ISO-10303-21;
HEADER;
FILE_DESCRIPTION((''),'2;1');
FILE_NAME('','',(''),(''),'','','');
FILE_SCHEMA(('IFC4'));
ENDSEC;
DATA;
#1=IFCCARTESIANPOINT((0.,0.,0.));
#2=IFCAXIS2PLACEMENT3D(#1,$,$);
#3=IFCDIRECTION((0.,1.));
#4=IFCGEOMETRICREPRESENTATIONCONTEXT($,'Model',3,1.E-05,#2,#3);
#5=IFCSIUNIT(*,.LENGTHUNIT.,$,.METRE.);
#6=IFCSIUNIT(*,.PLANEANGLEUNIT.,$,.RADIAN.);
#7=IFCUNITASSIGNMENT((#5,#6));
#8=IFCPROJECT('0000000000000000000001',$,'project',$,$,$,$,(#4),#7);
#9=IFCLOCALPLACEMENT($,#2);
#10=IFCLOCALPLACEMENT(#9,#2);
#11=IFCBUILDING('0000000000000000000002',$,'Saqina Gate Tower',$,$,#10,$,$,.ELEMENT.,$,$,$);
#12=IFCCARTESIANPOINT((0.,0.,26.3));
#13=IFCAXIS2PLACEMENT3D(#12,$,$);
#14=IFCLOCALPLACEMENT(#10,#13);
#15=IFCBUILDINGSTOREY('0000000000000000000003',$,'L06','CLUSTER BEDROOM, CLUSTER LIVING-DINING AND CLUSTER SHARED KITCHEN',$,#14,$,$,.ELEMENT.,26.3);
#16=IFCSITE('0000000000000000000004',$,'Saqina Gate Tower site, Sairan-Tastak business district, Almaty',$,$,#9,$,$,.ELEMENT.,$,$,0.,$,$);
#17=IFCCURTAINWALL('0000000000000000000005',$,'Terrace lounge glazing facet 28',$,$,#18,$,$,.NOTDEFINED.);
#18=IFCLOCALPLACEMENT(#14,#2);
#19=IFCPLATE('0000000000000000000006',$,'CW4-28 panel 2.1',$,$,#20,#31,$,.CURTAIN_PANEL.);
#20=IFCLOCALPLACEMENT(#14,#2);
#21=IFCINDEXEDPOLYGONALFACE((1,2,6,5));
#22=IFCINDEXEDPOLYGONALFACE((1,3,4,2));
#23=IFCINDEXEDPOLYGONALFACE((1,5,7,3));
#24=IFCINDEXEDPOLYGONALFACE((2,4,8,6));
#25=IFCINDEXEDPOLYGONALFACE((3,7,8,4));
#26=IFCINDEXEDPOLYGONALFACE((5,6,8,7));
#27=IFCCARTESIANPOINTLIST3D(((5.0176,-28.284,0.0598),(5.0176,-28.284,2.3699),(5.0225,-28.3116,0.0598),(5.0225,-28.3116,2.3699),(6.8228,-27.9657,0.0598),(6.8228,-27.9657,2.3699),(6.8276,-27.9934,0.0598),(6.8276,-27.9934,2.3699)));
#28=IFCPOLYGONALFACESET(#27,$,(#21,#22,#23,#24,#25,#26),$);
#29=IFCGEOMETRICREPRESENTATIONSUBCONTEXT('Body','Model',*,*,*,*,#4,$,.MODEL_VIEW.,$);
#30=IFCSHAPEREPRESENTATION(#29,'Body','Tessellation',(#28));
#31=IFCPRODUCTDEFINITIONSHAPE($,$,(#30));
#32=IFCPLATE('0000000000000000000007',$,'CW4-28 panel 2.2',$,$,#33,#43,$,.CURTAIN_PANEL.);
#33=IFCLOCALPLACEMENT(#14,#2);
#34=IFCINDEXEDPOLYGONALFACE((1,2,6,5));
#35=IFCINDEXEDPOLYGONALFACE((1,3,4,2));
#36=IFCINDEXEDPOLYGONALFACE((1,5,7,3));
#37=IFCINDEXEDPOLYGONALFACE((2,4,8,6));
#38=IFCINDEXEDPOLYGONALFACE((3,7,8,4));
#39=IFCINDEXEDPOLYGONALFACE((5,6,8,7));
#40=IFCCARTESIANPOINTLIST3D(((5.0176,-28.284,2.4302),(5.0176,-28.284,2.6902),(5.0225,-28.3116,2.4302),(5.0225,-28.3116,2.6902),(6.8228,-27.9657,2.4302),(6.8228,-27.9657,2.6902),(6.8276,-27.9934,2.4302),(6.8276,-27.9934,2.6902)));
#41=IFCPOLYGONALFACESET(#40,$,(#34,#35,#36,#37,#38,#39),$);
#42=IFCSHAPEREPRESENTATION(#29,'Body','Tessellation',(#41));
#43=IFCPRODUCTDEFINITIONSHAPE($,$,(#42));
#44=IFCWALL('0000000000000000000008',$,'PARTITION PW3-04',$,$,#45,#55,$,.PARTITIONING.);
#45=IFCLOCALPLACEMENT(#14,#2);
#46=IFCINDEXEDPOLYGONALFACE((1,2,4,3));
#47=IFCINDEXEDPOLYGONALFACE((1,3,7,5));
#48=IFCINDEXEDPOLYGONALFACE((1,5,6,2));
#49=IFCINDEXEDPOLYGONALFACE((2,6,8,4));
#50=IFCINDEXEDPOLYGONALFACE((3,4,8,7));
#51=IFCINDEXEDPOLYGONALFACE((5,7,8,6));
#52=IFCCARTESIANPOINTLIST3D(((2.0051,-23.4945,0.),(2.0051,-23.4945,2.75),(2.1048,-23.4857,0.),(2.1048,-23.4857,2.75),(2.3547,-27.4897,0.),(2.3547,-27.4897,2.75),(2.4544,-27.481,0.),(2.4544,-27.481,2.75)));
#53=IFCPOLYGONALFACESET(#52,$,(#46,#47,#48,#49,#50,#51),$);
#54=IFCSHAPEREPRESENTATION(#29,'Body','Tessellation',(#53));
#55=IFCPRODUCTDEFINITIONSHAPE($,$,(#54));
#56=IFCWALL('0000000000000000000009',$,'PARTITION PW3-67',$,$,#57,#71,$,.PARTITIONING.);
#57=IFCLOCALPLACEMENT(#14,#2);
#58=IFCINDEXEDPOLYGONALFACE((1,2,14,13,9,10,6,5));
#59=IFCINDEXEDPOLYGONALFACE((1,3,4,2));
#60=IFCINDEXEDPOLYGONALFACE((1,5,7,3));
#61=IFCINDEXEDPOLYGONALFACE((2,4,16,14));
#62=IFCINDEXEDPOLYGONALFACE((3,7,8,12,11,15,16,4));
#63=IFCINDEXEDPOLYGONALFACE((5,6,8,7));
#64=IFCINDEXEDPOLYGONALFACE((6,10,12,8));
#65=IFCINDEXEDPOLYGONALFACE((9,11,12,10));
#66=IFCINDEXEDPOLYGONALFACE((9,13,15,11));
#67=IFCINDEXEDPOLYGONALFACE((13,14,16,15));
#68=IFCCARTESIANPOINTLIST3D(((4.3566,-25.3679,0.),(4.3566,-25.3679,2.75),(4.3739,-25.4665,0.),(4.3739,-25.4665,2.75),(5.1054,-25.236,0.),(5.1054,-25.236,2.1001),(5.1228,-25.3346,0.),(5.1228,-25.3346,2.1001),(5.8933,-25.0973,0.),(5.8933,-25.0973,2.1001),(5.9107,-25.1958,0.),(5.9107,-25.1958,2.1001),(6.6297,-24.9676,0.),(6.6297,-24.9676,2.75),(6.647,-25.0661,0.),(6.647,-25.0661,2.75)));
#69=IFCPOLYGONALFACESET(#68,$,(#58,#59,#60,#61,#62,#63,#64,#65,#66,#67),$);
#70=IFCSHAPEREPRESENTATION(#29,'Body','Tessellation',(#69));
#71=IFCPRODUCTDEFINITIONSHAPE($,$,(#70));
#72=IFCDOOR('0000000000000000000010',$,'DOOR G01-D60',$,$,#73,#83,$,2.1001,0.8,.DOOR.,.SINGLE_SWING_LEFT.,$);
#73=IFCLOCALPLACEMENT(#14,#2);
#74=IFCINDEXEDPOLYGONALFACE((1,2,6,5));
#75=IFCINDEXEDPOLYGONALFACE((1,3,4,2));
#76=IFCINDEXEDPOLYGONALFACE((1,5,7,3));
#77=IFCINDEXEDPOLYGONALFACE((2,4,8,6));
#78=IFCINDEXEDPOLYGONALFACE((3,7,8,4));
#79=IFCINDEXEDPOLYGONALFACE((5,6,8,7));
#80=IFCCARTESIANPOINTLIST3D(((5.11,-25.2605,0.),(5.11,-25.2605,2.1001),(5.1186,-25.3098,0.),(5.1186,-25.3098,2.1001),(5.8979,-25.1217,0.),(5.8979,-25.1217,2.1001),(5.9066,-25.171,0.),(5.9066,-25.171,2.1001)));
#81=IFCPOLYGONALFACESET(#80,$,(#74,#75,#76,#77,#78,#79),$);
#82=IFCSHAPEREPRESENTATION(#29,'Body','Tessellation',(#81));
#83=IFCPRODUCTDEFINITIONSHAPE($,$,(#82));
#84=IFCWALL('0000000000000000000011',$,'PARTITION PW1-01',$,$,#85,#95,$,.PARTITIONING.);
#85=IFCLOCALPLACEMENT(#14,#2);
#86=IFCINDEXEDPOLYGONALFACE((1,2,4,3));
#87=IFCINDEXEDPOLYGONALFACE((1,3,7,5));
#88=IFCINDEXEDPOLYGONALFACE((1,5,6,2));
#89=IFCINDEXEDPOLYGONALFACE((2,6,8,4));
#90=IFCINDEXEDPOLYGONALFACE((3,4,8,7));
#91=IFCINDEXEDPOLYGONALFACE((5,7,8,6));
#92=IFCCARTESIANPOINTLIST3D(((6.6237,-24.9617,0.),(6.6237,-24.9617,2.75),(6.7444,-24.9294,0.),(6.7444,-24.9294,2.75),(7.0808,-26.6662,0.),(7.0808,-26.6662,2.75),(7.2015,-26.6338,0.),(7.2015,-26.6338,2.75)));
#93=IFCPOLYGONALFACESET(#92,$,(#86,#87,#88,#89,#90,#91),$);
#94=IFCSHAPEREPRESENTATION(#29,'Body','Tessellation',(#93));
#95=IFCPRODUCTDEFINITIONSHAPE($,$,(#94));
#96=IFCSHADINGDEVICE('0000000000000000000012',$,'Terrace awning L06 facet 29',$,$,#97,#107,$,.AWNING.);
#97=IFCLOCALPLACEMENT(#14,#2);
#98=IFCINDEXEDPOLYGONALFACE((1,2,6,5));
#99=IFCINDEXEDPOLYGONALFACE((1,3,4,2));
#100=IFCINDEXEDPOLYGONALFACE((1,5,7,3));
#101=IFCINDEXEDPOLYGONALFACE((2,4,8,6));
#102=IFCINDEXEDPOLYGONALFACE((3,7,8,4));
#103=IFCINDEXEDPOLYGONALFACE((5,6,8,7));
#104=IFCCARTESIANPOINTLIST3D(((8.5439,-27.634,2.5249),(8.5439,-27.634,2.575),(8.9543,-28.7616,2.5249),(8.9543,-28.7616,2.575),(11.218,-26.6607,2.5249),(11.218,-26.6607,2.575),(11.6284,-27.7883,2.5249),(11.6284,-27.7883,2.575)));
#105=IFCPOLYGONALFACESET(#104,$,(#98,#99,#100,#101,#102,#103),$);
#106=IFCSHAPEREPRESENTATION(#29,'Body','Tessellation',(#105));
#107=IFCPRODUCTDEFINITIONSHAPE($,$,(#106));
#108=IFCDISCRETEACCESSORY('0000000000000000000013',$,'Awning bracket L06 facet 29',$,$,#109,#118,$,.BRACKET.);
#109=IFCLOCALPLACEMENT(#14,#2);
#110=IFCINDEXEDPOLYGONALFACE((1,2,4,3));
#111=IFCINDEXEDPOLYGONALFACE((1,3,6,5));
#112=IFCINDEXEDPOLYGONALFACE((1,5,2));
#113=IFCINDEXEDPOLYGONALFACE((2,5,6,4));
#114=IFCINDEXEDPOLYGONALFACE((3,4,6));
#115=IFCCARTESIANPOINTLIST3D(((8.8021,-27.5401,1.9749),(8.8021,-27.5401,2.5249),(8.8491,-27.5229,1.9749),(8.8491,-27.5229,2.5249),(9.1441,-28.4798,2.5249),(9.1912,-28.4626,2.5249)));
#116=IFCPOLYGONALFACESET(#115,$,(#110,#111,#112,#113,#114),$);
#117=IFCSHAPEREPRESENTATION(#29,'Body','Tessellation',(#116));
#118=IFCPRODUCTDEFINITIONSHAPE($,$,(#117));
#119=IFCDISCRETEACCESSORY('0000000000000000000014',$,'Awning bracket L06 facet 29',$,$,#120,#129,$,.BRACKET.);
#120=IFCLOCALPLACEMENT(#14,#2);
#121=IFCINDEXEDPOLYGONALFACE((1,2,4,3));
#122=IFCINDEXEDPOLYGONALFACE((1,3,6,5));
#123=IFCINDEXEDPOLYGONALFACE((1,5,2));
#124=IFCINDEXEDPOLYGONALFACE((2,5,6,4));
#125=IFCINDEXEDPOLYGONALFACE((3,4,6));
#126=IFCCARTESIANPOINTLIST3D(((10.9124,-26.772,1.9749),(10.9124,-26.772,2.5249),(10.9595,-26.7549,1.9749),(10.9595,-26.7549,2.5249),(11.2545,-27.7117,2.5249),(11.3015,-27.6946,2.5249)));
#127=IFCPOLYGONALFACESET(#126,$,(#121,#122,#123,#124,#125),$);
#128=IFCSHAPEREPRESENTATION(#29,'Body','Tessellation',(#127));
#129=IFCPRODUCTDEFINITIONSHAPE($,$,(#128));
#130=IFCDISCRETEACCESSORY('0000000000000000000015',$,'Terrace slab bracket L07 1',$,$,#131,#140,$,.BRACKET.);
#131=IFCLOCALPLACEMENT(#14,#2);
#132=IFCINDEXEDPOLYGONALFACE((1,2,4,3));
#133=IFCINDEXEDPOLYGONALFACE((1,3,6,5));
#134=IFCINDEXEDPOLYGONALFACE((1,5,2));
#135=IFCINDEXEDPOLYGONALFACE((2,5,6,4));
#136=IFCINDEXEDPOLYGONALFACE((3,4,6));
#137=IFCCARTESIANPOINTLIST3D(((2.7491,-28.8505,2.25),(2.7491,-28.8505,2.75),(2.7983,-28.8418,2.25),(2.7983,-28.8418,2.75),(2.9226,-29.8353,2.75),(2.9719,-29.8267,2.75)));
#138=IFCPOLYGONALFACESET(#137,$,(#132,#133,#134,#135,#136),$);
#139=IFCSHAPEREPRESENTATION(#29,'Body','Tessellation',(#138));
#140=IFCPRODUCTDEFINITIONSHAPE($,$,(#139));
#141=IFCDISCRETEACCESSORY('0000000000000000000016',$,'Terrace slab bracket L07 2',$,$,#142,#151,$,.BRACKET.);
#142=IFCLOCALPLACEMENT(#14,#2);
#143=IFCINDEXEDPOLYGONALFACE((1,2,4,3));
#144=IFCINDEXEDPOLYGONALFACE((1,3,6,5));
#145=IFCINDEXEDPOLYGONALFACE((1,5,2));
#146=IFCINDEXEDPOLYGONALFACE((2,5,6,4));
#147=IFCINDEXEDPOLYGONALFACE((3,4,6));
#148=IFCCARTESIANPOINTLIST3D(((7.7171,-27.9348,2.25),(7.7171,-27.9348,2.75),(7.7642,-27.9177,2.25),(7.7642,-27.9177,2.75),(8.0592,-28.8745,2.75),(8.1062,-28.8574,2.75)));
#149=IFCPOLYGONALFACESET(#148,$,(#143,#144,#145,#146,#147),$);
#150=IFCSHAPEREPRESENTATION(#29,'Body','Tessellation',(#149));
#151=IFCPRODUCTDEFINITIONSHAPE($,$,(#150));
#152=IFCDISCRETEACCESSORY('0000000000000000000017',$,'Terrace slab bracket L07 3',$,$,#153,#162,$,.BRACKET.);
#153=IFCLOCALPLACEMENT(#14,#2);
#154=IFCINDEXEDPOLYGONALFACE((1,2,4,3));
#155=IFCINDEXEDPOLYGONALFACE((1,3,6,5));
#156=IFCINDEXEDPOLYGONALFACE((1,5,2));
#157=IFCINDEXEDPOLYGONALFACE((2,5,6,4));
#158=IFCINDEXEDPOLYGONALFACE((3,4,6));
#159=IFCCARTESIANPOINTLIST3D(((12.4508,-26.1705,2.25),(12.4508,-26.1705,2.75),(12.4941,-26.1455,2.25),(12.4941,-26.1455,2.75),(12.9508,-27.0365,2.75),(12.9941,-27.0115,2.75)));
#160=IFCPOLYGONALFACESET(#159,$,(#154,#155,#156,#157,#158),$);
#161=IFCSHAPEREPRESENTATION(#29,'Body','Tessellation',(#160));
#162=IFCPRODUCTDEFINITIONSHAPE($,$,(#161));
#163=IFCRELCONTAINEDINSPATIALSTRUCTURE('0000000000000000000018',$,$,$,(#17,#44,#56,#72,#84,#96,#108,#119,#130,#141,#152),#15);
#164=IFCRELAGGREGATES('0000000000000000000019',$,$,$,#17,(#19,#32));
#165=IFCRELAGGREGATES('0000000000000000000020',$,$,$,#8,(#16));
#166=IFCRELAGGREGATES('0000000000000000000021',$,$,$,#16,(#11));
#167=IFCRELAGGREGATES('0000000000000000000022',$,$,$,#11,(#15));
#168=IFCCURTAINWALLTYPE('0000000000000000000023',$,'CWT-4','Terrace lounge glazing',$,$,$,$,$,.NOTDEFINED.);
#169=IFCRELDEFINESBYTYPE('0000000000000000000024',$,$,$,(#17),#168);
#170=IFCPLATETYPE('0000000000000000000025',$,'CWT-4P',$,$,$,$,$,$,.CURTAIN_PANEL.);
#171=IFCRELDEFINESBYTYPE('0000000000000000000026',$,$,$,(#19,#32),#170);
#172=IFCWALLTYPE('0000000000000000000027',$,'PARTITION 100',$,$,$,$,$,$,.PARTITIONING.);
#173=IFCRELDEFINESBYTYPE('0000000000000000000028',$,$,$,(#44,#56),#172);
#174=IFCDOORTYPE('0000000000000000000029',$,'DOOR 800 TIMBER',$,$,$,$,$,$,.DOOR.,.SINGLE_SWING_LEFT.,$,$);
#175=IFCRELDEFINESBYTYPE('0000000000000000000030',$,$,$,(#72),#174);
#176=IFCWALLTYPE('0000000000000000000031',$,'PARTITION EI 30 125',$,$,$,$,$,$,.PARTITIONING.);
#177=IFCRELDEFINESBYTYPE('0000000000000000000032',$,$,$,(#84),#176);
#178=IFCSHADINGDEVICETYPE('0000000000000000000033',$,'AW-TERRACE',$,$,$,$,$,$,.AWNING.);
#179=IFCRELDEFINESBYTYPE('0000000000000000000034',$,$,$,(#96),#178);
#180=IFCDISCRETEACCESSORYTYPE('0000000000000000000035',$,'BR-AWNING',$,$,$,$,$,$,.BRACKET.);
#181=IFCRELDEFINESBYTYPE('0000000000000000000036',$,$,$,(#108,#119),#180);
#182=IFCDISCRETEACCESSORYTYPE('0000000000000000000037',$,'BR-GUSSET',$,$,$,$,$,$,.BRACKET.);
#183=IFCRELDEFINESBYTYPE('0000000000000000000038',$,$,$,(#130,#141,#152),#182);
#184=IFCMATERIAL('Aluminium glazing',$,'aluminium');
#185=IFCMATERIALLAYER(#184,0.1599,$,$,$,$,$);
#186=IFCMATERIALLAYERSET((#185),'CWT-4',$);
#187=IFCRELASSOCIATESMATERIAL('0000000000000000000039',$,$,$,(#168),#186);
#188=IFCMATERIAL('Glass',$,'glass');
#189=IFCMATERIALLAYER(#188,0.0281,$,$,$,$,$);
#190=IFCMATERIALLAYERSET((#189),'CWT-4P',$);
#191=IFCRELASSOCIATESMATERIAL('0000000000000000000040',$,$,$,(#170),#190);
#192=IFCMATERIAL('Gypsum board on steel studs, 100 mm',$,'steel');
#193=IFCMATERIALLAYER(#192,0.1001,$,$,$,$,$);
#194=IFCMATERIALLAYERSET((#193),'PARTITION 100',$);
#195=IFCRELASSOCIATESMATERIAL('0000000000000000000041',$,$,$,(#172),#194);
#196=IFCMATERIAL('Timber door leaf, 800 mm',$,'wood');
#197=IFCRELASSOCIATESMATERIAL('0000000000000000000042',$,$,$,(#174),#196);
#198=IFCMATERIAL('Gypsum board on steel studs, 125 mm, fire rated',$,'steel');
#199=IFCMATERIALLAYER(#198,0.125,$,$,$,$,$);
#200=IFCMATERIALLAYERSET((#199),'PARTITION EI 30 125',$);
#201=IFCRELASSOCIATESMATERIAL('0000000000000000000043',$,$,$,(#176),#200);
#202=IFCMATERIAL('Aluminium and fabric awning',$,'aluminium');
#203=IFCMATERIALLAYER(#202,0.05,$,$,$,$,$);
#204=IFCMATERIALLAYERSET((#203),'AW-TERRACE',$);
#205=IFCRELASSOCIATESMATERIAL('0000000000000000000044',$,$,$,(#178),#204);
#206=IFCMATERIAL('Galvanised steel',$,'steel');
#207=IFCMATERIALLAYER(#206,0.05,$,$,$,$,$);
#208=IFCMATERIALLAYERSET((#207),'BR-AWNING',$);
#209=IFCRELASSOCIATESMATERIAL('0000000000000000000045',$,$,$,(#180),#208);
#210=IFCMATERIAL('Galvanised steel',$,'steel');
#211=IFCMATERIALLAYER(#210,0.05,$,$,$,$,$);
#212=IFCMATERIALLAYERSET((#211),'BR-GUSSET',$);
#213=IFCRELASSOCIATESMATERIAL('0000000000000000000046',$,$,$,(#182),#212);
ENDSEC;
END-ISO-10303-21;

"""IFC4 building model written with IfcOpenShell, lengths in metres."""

from ifc_helpers import new_model, si_unit, direction, frame, frame_2d, origin, origin_2d, place, context, subcontext, project, spatial, polyline, rectangle, outline, extrude, material, layer, layer_set, type_object, element, fill, aggregate, save


model = new_model("IFC4")

# Units and contexts
model_context = context("Model", 3, precision=1e-05, world=origin(), true_north=direction((0.0, 1.0)))
body_context = subcontext(model_context, "Body", "Model", "MODEL_VIEW")
ifc_project = project(units=[si_unit("LENGTHUNIT", "METRE"), si_unit("PLANEANGLEUNIT", "RADIAN")], contexts=[model_context])

# Site, building, storey
site_placement = place(None, origin())
site = spatial("IfcSite", under=ifc_project, at=site_placement, Name="Saqina Gate Tower site, Sairan-Tastak business district, Almaty", CompositionType="ELEMENT", RefElevation=0.0)
building_placement = place(site_placement, origin())
building = spatial("IfcBuilding", under=site, at=building_placement, Name="Saqina Gate Tower", CompositionType="ELEMENT")
storey_placement = place(building_placement, frame((0.0, 0.0, 26.3)))
storey = spatial("IfcBuildingStorey", under=building, at=storey_placement, Name="L06", Description="CLUSTER BEDROOM, CLUSTER LIVING-DINING AND CLUSTER SHARED KITCHEN", CompositionType="ELEMENT", Elevation=26.3)

# Curtain wall, plates
ifc_material_1 = material(Name="Aluminium glazing", Category="aluminium")
ifc_layer_1 = layer(ifc_material_1, 0.1599)
ifc_layer_set_1 = layer_set([ifc_layer_1], Name="CWT-4")
curtain_wall_type = type_object("IfcCurtainWallType", Name="CWT-4", Description="Terrace lounge glazing", PredefinedType="NOTDEFINED", material=ifc_layer_set_1)
curtain_wall_placement = place(storey_placement, origin())
curtain_wall = element("IfcCurtainWall", 1, at=curtain_wall_placement, inside=storey, type_object=curtain_wall_type, Name="Terrace lounge glazing facet 28", PredefinedType="NOTDEFINED")
ifc_material_2 = material(Name="Glass", Category="glass")
ifc_layer_2 = layer(ifc_material_2, 0.0281)
ifc_layer_set_2 = layer_set([ifc_layer_2], Name="CWT-4P")
plate_type = type_object("IfcPlateType", Name="CWT-4P", PredefinedType="CURTAIN_PANEL", material=ifc_layer_set_2)
plate_1_placement = place(storey_placement, frame((5.9226, -28.1387, 0.0598), z_axis=(0.0, 0.0, 1.0), x_axis=(0.984809, 0.173643, 0.0)))
plate_1 = element("IfcPlate", 2, at=plate_1_placement, type_object=plate_type, Name="CW4-28 panel 2.1", PredefinedType="CURTAIN_PANEL", context=body_context, shape_type="SweptSolid", body=[
    extrude(rectangle(XDim=1.833, YDim=0.0281, at=origin_2d()), origin(), (0.0, 0.0, 1.0), 2.3101),
])
plate_2_placement = place(storey_placement, frame((5.9226, -28.1387, 2.4302), z_axis=(0.0, 0.0, 1.0), x_axis=(0.984809, 0.173643, 0.0)))
plate_2 = element("IfcPlate", 3, at=plate_2_placement, type_object=plate_type, Name="CW4-28 panel 2.2", PredefinedType="CURTAIN_PANEL", context=body_context, shape_type="SweptSolid", body=[
    extrude(rectangle(XDim=1.833, YDim=0.0281, at=origin_2d()), origin(), (0.0, 0.0, 1.0), 0.26),
])
aggregate(curtain_wall, [plate_1, plate_2])

# Wall
ifc_material_3 = material(Name="Gypsum board on steel studs, 100 mm", Category="steel")
ifc_layer_3 = layer(ifc_material_3, 0.1001)
ifc_layer_set_3 = layer_set([ifc_layer_3], Name="PARTITION 100")
wall_type_1 = type_object("IfcWallType", Name="PARTITION 100", PredefinedType="PARTITIONING", material=ifc_layer_set_3)
wall_1_placement = place(storey_placement, frame((2.0549, -23.49, 0.0), z_axis=(0.0, 0.0, 1.0), x_axis=(0.087176, -0.996193, 0.0)))
element("IfcWall", 4, at=wall_1_placement, inside=storey, type_object=wall_type_1, Name="PARTITION PW3-04", PredefinedType="PARTITIONING", context=body_context, shape_type="SweptSolid", body=[
    extrude(rectangle(XDim=4.0105, YDim=0.1001, at=frame_2d((2.0054, 0.0))), origin(), (0.0, 0.0, 1.0), 2.75),
])

# Wall, opening, door
wall_2_placement = place(storey_placement, frame((4.3652, -25.4172, 0.0), z_axis=(0.0, 0.0, 1.0), x_axis=(0.98484, 0.173466, 0.0)))
wall_2 = element("IfcWall", 5, at=wall_2_placement, inside=storey, type_object=wall_type_1, Name="PARTITION PW3-67", PredefinedType="PARTITIONING", context=body_context, shape_type="SweptSolid", body=[
    extrude(rectangle(XDim=2.3081, YDim=0.1001, at=frame_2d((1.1541, 0.0))), origin(), (0.0, 0.0, 1.0), 2.75),
])
opening_1_placement = place(wall_2_placement, frame((0.7605, 0.0, 0.0)))
opening_1 = element("IfcOpeningElement", 6, at=opening_1_placement, cuts=wall_2, PredefinedType="OPENING", context=body_context, shape_type="SweptSolid", body=[
    extrude(rectangle(XDim=0.8, YDim=2.1001, at=frame_2d((0.3999, 1.05))), frame((0.0, 0.062, 0.0), z_axis=(0.0, -1.0, 0.0), x_axis=(1.0, 0.0, 0.0)), (0.0, 0.0, 1.0), 0.124),
])
ifc_material_4 = material(Name="Timber door leaf, 800 mm", Category="wood")
door_type_1 = type_object("IfcDoorType", Name="DOOR 800 TIMBER", OperationType="SINGLE_SWING_LEFT", PredefinedType="DOOR", material=ifc_material_4)
door_1_placement = place(opening_1_placement, frame((0.8, 0.0, 0.0), z_axis=(0.0, 0.0, 1.0), x_axis=(-1.0, 0.0, 0.0)))
door_1 = element("IfcDoor", 7, at=door_1_placement, inside=storey, type_object=door_type_1, Name="DOOR G01-D60", OperationType="SINGLE_SWING_LEFT", OverallHeight=2.1001, OverallWidth=0.8, PredefinedType="DOOR", context=body_context, shape_type="SweptSolid", body=[
    extrude(rectangle(XDim=0.8, YDim=2.1001, at=frame_2d((0.3999, 1.05))), frame((0.0, 0.0249, 0.0), z_axis=(0.0, -1.0, 0.0), x_axis=(1.0, 0.0, 0.0)), (0.0, 0.0, 1.0), 0.05),
])
fill(opening_1, door_1)

# Wall
ifc_material_5 = material(Name="Gypsum board on steel studs, 125 mm, fire rated", Category="steel")
ifc_layer_4 = layer(ifc_material_5, 0.125)
ifc_layer_set_4 = layer_set([ifc_layer_4], Name="PARTITION EI 30 125")
wall_type_2 = type_object("IfcWallType", Name="PARTITION EI 30 125", PredefinedType="PARTITIONING", material=ifc_layer_set_4)
wall_3_placement = place(storey_placement, frame((6.6841, -24.9456, 0.0), z_axis=(0.0, 0.0, 1.0), x_axis=(0.259006, -0.965876, 0.0)))
element("IfcWall", 8, at=wall_3_placement, inside=storey, type_object=wall_type_2, Name="PARTITION PW1-01", PredefinedType="PARTITIONING", context=body_context, shape_type="SweptSolid", body=[
    extrude(rectangle(XDim=1.7646, YDim=0.125, at=frame_2d((0.8823, 0.0))), origin(), (0.0, 0.0, 1.0), 2.75),
])

# Shading device
ifc_material_6 = material(Name="Aluminium and fabric awning", Category="aluminium")
ifc_layer_5 = layer(ifc_material_6, 0.05)
ifc_layer_set_5 = layer_set([ifc_layer_5], Name="AW-TERRACE")
shading_device_type = type_object("IfcShadingDeviceType", Name="AW-TERRACE", PredefinedType="AWNING", material=ifc_layer_set_5)
shading_device_placement = place(storey_placement, frame((10.0862, -27.7112, 2.5249), z_axis=(0.0, 0.0, 1.0), x_axis=(0.939693, 0.34202, 0.0)))
element("IfcShadingDevice", 9, at=shading_device_placement, inside=storey, type_object=shading_device_type, Name="Terrace awning L06 facet 29", PredefinedType="AWNING", context=body_context, shape_type="SweptSolid", body=[
    extrude(rectangle(XDim=2.8457, YDim=1.2, at=origin_2d()), origin(), (0.0, 0.0, 1.0), 0.05),
])

# Discrete accessories
ifc_material_7 = material(Name="Galvanised steel", Category="steel")
ifc_layer_6 = layer(ifc_material_7, 0.05)
ifc_layer_set_6 = layer_set([ifc_layer_6], Name="BR-AWNING")
discrete_accessory_type_1 = type_object("IfcDiscreteAccessoryType", Name="BR-AWNING", PredefinedType="BRACKET", material=ifc_layer_set_6)
for number, where, z_axis, x_axis, name in (
    (10, (8.8491, -27.5229, 1.9749), (0.939686, 0.342037, 0.0), (0.0, 0.0, 1.0), "Awning bracket L06 facet 29"),
    (11, (10.9595, -26.7549, 1.9749), (0.939686, 0.342037, 0.0), (0.0, 0.0, 1.0), "Awning bracket L06 facet 29"),
):
    element("IfcDiscreteAccessory", number, at=place(storey_placement, frame(where, z_axis=z_axis, x_axis=x_axis)), inside=storey, type_object=discrete_accessory_type_1, Name=name, PredefinedType="BRACKET", context=body_context, shape_type="SweptSolid", body=[
        extrude(outline(polyline([(0.0, 0.0), (0.55, 0.0), (0.55, 1.0), (0.0, 0.0)])), origin(), (0.0, 0.0, -1.0), 0.05),
    ])
ifc_material_8 = material(Name="Galvanised steel", Category="steel")
ifc_layer_7 = layer(ifc_material_8, 0.05)
ifc_layer_set_7 = layer_set([ifc_layer_7], Name="BR-GUSSET")
discrete_accessory_type_2 = type_object("IfcDiscreteAccessoryType", Name="BR-GUSSET", PredefinedType="BRACKET", material=ifc_layer_set_7)
discrete_accessory_1_placement = place(storey_placement, frame((2.7983, -28.8418, 2.25), z_axis=(0.98482, 0.173576, 0.0), x_axis=(0.0, 0.0, 1.0)))
element("IfcDiscreteAccessory", 12, at=discrete_accessory_1_placement, inside=storey, type_object=discrete_accessory_type_2, Name="Terrace slab bracket L07 1", PredefinedType="BRACKET", context=body_context, shape_type="SweptSolid", body=[
    extrude(outline(polyline([(0.0, 0.0), (0.5, 0.0), (0.5, 1.0), (0.0, 0.0)])), origin(), (0.0, 0.0, -1.0), 0.05),
])
discrete_accessory_2_placement = place(storey_placement, frame((7.7642, -27.9177, 2.25), z_axis=(0.939686, 0.342037, 0.0), x_axis=(0.0, 0.0, 1.0)))
element("IfcDiscreteAccessory", 13, at=discrete_accessory_2_placement, inside=storey, type_object=discrete_accessory_type_2, Name="Terrace slab bracket L07 2", PredefinedType="BRACKET", context=body_context, shape_type="SweptSolid", body=[
    extrude(outline(polyline([(0.0, 0.0), (0.5, 0.0), (0.5, 1.0), (0.0, 0.0)])), origin(), (0.0, 0.0, -1.0), 0.05),
])
discrete_accessory_3_placement = place(storey_placement, frame((12.4941, -26.1455, 2.25), z_axis=(0.866011, 0.500025, 0.0), x_axis=(0.0, 0.0, 1.0)))
element("IfcDiscreteAccessory", 14, at=discrete_accessory_3_placement, inside=storey, type_object=discrete_accessory_type_2, Name="Terrace slab bracket L07 3", PredefinedType="BRACKET", context=body_context, shape_type="SweptSolid", body=[
    extrude(outline(polyline([(0.0, 0.0), (0.5, 0.0), (0.5, 0.9999), (0.0, 0.0)])), origin(), (0.0, 0.0, -1.0), 0.05),
])

save(model, "model.ifc")
